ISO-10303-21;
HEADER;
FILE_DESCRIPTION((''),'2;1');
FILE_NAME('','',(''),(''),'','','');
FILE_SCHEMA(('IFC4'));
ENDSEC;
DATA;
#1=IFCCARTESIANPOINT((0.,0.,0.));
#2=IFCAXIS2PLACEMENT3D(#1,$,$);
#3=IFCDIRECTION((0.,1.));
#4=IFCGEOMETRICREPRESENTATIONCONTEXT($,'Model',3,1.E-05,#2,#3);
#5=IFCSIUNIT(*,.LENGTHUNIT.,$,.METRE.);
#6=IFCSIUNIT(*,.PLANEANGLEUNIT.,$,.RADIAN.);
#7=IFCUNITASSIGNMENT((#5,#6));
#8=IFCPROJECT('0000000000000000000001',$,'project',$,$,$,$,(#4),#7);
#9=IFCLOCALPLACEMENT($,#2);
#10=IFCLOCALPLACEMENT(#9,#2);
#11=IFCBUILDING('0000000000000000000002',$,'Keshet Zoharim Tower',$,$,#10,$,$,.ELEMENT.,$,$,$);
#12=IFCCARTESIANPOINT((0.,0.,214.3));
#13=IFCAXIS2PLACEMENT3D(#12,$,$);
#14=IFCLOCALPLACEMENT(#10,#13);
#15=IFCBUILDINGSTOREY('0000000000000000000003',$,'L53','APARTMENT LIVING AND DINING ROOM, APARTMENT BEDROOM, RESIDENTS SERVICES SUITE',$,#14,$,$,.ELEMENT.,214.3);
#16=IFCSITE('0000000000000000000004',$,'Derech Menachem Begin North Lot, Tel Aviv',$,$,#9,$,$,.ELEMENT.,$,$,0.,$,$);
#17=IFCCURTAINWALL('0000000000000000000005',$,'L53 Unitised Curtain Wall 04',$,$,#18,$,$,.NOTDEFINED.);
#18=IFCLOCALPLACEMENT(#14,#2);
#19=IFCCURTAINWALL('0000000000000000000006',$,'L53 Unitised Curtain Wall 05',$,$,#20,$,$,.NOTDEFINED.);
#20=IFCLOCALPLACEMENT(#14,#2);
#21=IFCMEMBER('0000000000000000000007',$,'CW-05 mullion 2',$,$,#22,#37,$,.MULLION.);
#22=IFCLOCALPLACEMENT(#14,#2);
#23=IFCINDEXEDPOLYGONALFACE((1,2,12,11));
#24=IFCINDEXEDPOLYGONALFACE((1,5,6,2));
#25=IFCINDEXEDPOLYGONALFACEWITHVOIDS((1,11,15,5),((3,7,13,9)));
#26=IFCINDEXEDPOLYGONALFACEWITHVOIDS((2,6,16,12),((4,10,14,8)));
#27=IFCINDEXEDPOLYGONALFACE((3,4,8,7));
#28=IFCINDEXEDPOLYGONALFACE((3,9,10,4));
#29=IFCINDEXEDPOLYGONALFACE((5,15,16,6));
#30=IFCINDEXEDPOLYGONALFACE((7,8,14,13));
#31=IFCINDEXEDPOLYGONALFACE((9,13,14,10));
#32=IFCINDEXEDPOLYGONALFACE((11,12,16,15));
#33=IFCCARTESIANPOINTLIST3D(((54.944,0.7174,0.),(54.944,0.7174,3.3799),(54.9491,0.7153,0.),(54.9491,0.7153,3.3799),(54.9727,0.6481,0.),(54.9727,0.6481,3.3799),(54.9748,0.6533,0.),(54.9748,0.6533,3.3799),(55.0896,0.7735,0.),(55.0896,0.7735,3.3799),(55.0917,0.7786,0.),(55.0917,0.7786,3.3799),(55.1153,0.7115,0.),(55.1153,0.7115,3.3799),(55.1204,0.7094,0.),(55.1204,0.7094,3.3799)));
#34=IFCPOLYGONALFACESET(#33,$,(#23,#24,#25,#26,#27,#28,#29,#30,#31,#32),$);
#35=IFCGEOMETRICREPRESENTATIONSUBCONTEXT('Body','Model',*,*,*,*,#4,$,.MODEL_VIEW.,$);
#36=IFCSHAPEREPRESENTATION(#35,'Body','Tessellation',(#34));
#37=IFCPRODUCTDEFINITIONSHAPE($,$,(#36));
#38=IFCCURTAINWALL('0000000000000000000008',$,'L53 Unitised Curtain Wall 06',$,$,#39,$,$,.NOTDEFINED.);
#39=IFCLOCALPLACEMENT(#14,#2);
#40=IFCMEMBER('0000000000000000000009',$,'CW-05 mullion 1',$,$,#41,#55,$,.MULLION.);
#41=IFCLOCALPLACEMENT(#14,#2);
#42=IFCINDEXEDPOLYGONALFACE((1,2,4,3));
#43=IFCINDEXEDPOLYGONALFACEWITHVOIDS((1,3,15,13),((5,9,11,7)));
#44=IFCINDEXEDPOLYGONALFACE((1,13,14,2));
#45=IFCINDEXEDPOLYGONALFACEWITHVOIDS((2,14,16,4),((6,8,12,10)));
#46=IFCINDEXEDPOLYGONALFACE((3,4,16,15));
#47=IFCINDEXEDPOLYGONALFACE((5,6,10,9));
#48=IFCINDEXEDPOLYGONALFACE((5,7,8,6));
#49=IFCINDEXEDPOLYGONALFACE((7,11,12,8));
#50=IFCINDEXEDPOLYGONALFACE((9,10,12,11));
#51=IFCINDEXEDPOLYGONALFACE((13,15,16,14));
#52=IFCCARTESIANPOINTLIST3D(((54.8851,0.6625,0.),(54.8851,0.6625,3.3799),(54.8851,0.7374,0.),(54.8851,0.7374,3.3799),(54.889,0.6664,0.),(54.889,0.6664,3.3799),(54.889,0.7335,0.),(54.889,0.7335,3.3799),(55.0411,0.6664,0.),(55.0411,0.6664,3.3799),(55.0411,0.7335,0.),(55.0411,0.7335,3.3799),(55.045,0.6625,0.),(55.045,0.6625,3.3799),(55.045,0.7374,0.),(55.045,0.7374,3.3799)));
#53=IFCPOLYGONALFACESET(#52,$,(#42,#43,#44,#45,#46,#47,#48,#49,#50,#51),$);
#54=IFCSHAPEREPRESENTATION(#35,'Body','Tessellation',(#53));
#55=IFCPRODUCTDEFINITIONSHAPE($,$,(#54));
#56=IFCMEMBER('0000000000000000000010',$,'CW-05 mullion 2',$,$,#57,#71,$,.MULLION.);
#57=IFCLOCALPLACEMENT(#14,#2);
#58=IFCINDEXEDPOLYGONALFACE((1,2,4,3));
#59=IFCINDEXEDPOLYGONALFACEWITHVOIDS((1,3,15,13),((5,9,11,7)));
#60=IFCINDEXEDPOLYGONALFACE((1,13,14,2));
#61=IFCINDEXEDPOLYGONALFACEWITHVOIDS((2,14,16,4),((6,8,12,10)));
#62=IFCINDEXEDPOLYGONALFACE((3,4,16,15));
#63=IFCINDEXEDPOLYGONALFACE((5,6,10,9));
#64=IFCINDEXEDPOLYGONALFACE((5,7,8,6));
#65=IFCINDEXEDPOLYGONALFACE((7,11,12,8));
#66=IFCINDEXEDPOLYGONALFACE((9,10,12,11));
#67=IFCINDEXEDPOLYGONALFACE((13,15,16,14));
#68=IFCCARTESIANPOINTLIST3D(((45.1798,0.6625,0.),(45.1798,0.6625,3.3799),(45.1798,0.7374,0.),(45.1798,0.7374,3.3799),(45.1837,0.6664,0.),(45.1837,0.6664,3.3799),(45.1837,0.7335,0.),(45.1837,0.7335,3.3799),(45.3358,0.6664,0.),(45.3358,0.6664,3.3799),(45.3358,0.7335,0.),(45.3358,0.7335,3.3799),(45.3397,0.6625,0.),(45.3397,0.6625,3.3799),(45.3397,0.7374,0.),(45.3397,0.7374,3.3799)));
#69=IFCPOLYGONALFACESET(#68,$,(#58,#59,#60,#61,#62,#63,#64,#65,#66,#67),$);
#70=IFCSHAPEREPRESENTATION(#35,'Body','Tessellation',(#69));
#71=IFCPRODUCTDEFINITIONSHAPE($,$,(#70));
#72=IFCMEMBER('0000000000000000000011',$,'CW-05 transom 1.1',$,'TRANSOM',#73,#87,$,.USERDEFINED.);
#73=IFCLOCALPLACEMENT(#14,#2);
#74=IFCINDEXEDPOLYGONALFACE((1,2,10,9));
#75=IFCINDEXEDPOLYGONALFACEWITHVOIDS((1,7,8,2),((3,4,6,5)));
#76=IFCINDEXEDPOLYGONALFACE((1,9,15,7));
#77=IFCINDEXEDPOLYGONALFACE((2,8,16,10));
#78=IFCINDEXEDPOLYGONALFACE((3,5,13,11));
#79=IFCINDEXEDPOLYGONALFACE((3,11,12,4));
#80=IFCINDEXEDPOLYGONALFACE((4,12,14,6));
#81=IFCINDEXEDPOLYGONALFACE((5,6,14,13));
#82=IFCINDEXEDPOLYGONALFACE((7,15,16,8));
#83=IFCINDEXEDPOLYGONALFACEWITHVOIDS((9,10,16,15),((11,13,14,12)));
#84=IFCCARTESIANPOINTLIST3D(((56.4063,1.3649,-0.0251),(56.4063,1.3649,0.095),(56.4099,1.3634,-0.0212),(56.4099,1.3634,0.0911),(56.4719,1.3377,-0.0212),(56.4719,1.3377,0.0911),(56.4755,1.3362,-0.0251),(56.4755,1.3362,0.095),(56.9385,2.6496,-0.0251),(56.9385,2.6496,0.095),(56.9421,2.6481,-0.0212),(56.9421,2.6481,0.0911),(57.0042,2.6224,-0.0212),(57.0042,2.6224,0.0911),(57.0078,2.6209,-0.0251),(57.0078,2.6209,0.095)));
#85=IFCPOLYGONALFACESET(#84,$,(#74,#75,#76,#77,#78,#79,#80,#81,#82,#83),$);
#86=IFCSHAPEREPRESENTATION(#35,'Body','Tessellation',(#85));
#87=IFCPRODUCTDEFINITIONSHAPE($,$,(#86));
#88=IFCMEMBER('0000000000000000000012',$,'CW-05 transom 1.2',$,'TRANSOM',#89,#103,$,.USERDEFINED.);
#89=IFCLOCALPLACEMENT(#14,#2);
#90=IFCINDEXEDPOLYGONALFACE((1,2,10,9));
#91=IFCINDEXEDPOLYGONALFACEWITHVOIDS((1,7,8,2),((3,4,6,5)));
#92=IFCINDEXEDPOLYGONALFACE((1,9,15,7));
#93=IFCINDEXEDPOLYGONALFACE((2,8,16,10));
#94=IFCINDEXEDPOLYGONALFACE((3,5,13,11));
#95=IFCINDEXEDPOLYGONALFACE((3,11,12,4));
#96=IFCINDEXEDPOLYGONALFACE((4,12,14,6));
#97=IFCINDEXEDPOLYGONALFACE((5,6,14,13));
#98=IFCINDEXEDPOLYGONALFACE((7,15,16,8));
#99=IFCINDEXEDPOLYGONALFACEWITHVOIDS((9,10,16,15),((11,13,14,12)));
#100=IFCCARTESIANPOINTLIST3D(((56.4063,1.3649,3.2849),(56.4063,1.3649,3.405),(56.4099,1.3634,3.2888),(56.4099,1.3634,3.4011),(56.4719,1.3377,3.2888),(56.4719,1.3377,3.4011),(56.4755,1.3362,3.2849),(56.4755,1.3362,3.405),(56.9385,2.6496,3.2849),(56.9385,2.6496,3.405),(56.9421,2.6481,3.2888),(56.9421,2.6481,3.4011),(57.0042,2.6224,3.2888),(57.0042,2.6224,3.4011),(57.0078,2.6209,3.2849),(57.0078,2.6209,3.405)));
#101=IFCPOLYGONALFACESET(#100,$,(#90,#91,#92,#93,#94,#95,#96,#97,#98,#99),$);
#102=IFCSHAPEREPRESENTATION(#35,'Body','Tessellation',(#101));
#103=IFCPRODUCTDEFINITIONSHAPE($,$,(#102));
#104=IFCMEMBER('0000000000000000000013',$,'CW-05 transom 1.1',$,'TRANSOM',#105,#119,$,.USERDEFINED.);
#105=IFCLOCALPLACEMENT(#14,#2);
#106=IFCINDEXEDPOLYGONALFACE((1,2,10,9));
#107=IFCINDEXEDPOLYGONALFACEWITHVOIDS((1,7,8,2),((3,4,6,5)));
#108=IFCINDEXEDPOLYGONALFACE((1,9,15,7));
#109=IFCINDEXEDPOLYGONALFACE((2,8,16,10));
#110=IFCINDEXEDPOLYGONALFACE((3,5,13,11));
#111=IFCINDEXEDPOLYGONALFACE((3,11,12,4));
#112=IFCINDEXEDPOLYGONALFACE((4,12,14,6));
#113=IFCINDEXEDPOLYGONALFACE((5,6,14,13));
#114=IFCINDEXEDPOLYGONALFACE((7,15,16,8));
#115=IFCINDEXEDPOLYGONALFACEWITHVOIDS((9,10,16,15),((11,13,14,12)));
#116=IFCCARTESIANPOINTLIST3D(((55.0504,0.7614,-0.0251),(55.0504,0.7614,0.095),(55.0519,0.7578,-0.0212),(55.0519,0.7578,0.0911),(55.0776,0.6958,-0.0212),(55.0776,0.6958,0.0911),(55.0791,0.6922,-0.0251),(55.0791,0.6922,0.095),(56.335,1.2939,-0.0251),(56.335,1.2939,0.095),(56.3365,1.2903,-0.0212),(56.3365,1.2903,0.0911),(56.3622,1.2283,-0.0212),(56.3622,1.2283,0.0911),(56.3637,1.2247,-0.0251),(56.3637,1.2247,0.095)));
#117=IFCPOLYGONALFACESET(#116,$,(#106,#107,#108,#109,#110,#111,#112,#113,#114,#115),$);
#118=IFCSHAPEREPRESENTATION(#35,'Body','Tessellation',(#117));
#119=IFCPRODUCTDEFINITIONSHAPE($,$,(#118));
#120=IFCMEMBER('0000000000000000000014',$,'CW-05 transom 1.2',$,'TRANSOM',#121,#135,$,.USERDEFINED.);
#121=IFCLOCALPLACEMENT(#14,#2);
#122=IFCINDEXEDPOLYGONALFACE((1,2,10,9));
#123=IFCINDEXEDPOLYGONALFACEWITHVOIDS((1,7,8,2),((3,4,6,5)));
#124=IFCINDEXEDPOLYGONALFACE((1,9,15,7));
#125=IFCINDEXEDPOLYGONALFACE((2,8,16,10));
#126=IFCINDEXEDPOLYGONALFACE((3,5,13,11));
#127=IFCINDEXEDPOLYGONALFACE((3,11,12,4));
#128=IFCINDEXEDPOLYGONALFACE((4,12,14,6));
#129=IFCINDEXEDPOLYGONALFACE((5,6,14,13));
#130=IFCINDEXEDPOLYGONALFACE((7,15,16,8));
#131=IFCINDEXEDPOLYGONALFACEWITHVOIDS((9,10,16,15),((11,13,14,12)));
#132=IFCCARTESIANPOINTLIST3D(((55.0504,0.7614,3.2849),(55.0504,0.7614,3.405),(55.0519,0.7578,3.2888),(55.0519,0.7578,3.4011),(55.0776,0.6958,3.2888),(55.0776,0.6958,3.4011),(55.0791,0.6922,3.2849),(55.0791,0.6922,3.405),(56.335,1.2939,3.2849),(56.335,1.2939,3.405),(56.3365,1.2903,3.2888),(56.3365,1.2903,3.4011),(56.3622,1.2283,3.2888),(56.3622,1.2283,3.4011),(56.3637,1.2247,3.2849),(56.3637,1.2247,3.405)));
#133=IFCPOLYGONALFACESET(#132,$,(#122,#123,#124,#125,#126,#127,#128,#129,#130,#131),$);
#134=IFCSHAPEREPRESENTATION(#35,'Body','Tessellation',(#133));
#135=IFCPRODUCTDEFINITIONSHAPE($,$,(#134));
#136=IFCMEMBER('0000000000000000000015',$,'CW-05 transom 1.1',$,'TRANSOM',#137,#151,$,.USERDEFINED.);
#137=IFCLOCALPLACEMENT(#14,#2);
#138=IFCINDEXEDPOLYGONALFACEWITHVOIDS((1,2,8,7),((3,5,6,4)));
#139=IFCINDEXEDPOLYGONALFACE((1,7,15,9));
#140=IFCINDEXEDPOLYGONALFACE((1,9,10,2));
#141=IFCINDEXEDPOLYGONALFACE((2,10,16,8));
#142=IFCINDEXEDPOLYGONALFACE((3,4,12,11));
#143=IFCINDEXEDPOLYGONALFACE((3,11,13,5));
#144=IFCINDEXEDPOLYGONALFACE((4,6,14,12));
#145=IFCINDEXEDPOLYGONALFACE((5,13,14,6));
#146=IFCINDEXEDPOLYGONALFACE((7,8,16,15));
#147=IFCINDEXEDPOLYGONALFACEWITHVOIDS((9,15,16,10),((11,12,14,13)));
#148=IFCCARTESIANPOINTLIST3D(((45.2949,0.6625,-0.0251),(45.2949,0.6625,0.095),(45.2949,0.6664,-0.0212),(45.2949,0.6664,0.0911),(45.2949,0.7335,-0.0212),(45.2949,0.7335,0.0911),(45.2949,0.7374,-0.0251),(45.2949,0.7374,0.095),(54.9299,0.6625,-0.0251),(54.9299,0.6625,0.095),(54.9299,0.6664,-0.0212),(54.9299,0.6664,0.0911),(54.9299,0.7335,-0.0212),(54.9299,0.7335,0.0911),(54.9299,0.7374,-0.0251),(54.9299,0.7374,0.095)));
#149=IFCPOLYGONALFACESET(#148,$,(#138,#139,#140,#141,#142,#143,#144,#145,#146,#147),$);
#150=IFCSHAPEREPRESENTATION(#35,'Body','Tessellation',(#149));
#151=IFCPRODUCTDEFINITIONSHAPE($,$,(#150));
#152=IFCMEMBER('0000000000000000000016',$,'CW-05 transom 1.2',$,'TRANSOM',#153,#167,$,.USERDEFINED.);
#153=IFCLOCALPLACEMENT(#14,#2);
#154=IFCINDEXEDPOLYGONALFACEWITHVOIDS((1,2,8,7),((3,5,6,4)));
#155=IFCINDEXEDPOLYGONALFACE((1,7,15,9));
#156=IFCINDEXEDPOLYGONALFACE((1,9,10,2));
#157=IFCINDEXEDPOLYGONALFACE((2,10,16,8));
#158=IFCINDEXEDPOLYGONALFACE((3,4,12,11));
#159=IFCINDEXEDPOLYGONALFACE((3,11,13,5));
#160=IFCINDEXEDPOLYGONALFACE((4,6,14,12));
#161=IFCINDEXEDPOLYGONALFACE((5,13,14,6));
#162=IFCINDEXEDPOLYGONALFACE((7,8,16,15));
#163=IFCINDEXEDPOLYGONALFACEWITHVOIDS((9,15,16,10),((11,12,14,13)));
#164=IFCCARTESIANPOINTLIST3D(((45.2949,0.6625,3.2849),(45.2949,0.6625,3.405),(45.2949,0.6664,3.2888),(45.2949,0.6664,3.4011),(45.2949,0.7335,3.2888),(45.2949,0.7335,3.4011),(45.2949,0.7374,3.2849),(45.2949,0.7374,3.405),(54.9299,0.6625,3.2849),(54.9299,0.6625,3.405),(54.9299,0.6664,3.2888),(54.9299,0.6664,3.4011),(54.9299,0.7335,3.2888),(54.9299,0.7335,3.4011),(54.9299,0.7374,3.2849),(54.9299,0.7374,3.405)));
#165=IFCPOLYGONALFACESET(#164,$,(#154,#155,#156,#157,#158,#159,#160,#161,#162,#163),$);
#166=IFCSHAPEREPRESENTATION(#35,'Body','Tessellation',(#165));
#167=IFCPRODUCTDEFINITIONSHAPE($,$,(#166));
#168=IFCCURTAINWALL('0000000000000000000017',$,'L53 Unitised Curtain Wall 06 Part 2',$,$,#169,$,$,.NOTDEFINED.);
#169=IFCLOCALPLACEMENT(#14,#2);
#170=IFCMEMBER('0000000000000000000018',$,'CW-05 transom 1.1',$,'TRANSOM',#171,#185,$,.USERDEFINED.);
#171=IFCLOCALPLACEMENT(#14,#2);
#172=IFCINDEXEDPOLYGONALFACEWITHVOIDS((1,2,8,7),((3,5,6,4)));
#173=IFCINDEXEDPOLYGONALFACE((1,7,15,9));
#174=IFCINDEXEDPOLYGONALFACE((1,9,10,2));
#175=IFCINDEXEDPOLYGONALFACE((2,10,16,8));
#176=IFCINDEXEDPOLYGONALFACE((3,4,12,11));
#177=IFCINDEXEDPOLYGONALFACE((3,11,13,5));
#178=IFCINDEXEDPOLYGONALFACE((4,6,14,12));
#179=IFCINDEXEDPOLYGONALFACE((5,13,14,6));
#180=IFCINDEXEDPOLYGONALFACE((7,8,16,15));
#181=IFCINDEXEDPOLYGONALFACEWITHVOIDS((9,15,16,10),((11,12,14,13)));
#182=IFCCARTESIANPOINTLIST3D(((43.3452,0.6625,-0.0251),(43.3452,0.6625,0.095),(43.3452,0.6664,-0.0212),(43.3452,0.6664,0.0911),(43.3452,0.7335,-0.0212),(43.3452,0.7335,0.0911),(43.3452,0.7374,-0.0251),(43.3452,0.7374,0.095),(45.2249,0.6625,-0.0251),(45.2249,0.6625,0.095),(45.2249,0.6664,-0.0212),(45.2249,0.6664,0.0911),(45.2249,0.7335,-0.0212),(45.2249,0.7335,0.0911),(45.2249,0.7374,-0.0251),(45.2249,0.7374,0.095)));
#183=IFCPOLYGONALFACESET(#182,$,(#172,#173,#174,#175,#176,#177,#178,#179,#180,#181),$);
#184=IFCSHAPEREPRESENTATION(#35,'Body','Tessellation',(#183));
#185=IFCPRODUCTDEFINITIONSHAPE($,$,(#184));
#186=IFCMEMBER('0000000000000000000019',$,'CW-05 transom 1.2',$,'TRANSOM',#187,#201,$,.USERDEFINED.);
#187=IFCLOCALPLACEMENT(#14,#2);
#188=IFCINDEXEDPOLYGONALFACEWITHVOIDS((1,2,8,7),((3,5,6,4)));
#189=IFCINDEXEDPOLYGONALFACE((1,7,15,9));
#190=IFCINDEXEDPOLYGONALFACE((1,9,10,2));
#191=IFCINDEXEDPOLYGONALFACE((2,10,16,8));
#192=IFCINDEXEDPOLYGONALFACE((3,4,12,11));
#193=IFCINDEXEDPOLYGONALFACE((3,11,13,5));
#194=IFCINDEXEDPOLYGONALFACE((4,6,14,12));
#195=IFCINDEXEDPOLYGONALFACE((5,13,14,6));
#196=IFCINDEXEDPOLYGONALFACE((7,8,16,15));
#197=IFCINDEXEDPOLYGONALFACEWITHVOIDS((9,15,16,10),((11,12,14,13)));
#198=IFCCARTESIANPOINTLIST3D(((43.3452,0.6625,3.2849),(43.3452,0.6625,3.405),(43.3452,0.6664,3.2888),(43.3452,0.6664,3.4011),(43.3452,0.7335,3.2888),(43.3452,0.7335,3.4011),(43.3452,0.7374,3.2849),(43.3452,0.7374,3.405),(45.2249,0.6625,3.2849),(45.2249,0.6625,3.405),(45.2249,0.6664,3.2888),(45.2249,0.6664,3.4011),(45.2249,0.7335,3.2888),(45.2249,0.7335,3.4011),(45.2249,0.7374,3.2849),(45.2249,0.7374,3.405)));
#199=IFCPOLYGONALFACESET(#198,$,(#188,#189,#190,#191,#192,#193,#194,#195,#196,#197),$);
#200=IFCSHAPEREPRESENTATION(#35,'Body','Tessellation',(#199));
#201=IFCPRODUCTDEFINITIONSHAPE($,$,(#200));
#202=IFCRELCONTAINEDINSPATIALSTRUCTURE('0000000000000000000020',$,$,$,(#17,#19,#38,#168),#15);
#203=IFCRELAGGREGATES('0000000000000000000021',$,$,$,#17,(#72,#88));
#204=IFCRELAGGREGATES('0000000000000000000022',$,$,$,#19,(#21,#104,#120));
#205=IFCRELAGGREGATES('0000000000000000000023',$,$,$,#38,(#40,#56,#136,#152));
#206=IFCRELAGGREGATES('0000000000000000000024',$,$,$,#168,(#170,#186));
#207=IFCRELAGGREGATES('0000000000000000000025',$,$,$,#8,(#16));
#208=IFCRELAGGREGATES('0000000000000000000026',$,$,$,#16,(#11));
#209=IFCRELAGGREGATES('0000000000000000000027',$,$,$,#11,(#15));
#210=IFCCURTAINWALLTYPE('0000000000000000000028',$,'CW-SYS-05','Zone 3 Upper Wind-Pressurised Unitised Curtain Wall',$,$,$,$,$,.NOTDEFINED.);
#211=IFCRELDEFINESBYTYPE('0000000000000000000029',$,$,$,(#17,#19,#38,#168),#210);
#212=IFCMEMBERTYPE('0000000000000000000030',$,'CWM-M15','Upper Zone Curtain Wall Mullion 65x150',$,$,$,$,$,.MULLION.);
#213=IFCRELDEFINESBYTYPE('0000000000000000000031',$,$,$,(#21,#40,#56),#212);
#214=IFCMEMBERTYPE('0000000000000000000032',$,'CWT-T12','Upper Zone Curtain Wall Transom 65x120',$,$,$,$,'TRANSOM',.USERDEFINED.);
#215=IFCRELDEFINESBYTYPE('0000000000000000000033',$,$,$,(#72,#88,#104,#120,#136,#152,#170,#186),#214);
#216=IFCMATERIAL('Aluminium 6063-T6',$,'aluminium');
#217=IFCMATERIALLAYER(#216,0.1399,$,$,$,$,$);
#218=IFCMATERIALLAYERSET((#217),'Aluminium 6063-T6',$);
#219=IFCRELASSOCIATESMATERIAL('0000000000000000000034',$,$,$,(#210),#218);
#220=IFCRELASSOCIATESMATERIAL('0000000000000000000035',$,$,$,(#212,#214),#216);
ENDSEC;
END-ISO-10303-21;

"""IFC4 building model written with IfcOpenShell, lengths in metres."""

from ifc_helpers import new_model, si_unit, direction, frame, origin, origin_2d, place, context, subcontext, project, spatial, hollow_rectangle, extrude, material, layer, layer_set, material_profile, profile_set, type_object, element, aggregate, save


model = new_model("IFC4")

# Units and contexts
model_context = context("Model", 3, precision=1e-05, world=origin(), true_north=direction((0.0, 1.0)))
body_context = subcontext(model_context, "Body", "Model", "MODEL_VIEW")
ifc_project = project(units=[si_unit("LENGTHUNIT", "METRE"), si_unit("PLANEANGLEUNIT", "RADIAN")], contexts=[model_context])

# Site, building, storey
site_placement = place(None, origin())
site = spatial("IfcSite", under=ifc_project, at=site_placement, Name="Derech Menachem Begin North Lot, Tel Aviv", CompositionType="ELEMENT", RefElevation=0.0)
building_placement = place(site_placement, origin())
building = spatial("IfcBuilding", under=site, at=building_placement, Name="Keshet Zoharim Tower", CompositionType="ELEMENT")
storey_placement = place(building_placement, frame((0.0, 0.0, 214.3)))
storey = spatial("IfcBuildingStorey", under=building, at=storey_placement, Name="L53", Description="APARTMENT LIVING AND DINING ROOM, APARTMENT BEDROOM, RESIDENTS SERVICES SUITE", CompositionType="ELEMENT", Elevation=214.3)

# Curtain walls, members
ifc_material_1 = material(Name="Aluminium 6063-T6", Category="aluminium")
ifc_layer_1 = layer(ifc_material_1, 0.1399)
ifc_layer_set_1 = layer_set([ifc_layer_1], Name="Aluminium 6063-T6")
curtain_wall_type = type_object("IfcCurtainWallType", Name="CW-SYS-05", Description="Zone 3 Upper Wind-Pressurised Unitised Curtain Wall", PredefinedType="NOTDEFINED", material=ifc_layer_set_1)
curtain_wall_1_placement = place(storey_placement, origin())
curtain_wall_1 = element("IfcCurtainWall", 1, at=curtain_wall_1_placement, inside=storey, type_object=curtain_wall_type, Name="L53 Unitised Curtain Wall 04", PredefinedType="NOTDEFINED")
ifc_material_profile_1 = material_profile(ifc_material_1, hollow_rectangle(XDim=0.075, YDim=0.1599, WallThickness=0.0039, at=origin_2d()), Name="MUL-75x160")
ifc_profile_set_1 = profile_set([ifc_material_profile_1], Name="Aluminium 6063-T6")
member_type_1 = type_object("IfcMemberType", Name="CWM-M15", Description="Upper Zone Curtain Wall Mullion 65x150", PredefinedType="MULLION", material=ifc_profile_set_1)
curtain_wall_2_placement = place(storey_placement, origin())
curtain_wall_2 = element("IfcCurtainWall", 2, at=curtain_wall_2_placement, inside=storey, type_object=curtain_wall_type, Name="L53 Unitised Curtain Wall 05", PredefinedType="NOTDEFINED")
member_1_placement = place(storey_placement, frame((55.0322, 0.7134, 0.0), z_axis=(0.0, 0.0, 1.0), x_axis=(0.382852, -0.92381, 0.0)))
member_1 = element("IfcMember", 3, at=member_1_placement, type_object=member_type_1, Name="CW-05 mullion 2", PredefinedType="MULLION", context=body_context, shape_type="SweptSolid", body=[
    extrude(hollow_rectangle(XDim=0.075, YDim=0.1599, WallThickness=0.0039, at=origin_2d()), origin(), (0.0, 0.0, 1.0), 3.3799),
])
curtain_wall_3_placement = place(storey_placement, origin())
curtain_wall_3 = element("IfcCurtainWall", 4, at=curtain_wall_3_placement, inside=storey, type_object=curtain_wall_type, Name="L53 Unitised Curtain Wall 06", PredefinedType="NOTDEFINED")
member_2_placement = place(storey_placement, frame((54.9651, 0.7, 0.0), z_axis=(0.0, 0.0, 1.0), x_axis=(0.0, -1.0, 0.0)))
member_2 = element("IfcMember", 5, at=member_2_placement, type_object=member_type_1, Name="CW-05 mullion 1", PredefinedType="MULLION", context=body_context, shape_type="SweptSolid", body=[
    extrude(hollow_rectangle(XDim=0.075, YDim=0.1599, WallThickness=0.0039, at=origin_2d()), origin(), (0.0, 0.0, 1.0), 3.3799),
])
member_3_placement = place(storey_placement, frame((45.2598, 0.7, 0.0), z_axis=(0.0, 0.0, 1.0), x_axis=(0.0, -1.0, 0.0)))
member_3 = element("IfcMember", 6, at=member_3_placement, type_object=member_type_1, Name="CW-05 mullion 2", PredefinedType="MULLION", context=body_context, shape_type="SweptSolid", body=[
    extrude(hollow_rectangle(XDim=0.075, YDim=0.1599, WallThickness=0.0039, at=origin_2d()), origin(), (0.0, 0.0, 1.0), 3.3799),
])

# Members
ifc_material_profile_2 = material_profile(ifc_material_1, hollow_rectangle(XDim=0.075, YDim=0.1201, WallThickness=0.0039, at=origin_2d()), Name="TRN-75x120")
ifc_profile_set_2 = profile_set([ifc_material_profile_2], Name="Aluminium 6063-T6")
member_type_2 = type_object("IfcMemberType", Name="CWT-T12", Description="Upper Zone Curtain Wall Transom 65x120", ElementType="TRANSOM", PredefinedType="USERDEFINED", material=ifc_profile_set_2)
member_4_placement = place(storey_placement, frame((56.9731, 2.6353, 0.0349), z_axis=(-0.382745, -0.923854, 0.0), x_axis=(0.923854, -0.382745, 0.0)))
member_4 = element("IfcMember", 7, at=member_4_placement, type_object=member_type_2, Name="CW-05 transom 1.1", ObjectType="TRANSOM", PredefinedType="USERDEFINED", context=body_context, shape_type="SweptSolid", body=[
    extrude(hollow_rectangle(XDim=0.075, YDim=0.1201, WallThickness=0.0039, at=origin_2d()), origin(), (0.0, 0.0, 1.0), 1.3906),
])
member_5_placement = place(storey_placement, frame((56.9731, 2.6353, 3.345), z_axis=(-0.382745, -0.923854, 0.0), x_axis=(0.923854, -0.382745, 0.0)))
member_5 = element("IfcMember", 8, at=member_5_placement, type_object=member_type_2, Name="CW-05 transom 1.2", ObjectType="TRANSOM", PredefinedType="USERDEFINED", context=body_context, shape_type="SweptSolid", body=[
    extrude(hollow_rectangle(XDim=0.075, YDim=0.1201, WallThickness=0.0039, at=origin_2d()), origin(), (0.0, 0.0, 1.0), 1.3906),
])
member_6_placement = place(storey_placement, frame((56.3494, 1.2593, 0.0349), z_axis=(-0.923792, -0.382894, 0.0), x_axis=(0.382894, -0.923792, 0.0)))
member_6 = element("IfcMember", 9, at=member_6_placement, type_object=member_type_2, Name="CW-05 transom 1.1", ObjectType="TRANSOM", PredefinedType="USERDEFINED", context=body_context, shape_type="SweptSolid", body=[
    extrude(hollow_rectangle(XDim=0.075, YDim=0.1201, WallThickness=0.0039, at=origin_2d()), origin(), (0.0, 0.0, 1.0), 1.3906),
])
member_7_placement = place(storey_placement, frame((56.3494, 1.2593, 3.345), z_axis=(-0.923792, -0.382894, 0.0), x_axis=(0.382894, -0.923792, 0.0)))
member_7 = element("IfcMember", 10, at=member_7_placement, type_object=member_type_2, Name="CW-05 transom 1.2", ObjectType="TRANSOM", PredefinedType="USERDEFINED", context=body_context, shape_type="SweptSolid", body=[
    extrude(hollow_rectangle(XDim=0.075, YDim=0.1201, WallThickness=0.0039, at=origin_2d()), origin(), (0.0, 0.0, 1.0), 1.3906),
])
member_8_placement = place(storey_placement, frame((54.9299, 0.7, 0.0349), z_axis=(-1.0, 0.0, 0.0), x_axis=(0.0, -1.0, 0.0)))
member_8 = element("IfcMember", 11, at=member_8_placement, type_object=member_type_2, Name="CW-05 transom 1.1", ObjectType="TRANSOM", PredefinedType="USERDEFINED", context=body_context, shape_type="SweptSolid", body=[
    extrude(hollow_rectangle(XDim=0.075, YDim=0.1201, WallThickness=0.0039, at=origin_2d()), origin(), (0.0, 0.0, 1.0), 9.635),
])
member_9_placement = place(storey_placement, frame((54.9299, 0.7, 3.345), z_axis=(-1.0, 0.0, 0.0), x_axis=(0.0, -1.0, 0.0)))
member_9 = element("IfcMember", 12, at=member_9_placement, type_object=member_type_2, Name="CW-05 transom 1.2", ObjectType="TRANSOM", PredefinedType="USERDEFINED", context=body_context, shape_type="SweptSolid", body=[
    extrude(hollow_rectangle(XDim=0.075, YDim=0.1201, WallThickness=0.0039, at=origin_2d()), origin(), (0.0, 0.0, 1.0), 9.635),
])

# Curtain wall, members
curtain_wall_4_placement = place(storey_placement, origin())
curtain_wall_4 = element("IfcCurtainWall", 13, at=curtain_wall_4_placement, inside=storey, type_object=curtain_wall_type, Name="L53 Unitised Curtain Wall 06 Part 2", PredefinedType="NOTDEFINED")
member_10_placement = place(storey_placement, frame((45.2249, 0.7, 0.0349), z_axis=(-1.0, 0.0, 0.0), x_axis=(0.0, -1.0, 0.0)))
member_10 = element("IfcMember", 14, at=member_10_placement, type_object=member_type_2, Name="CW-05 transom 1.1", ObjectType="TRANSOM", PredefinedType="USERDEFINED", context=body_context, shape_type="SweptSolid", body=[
    extrude(hollow_rectangle(XDim=0.075, YDim=0.1201, WallThickness=0.0039, at=origin_2d()), origin(), (0.0, 0.0, 1.0), 1.8796),
])
member_11_placement = place(storey_placement, frame((45.2249, 0.7, 3.345), z_axis=(-1.0, 0.0, 0.0), x_axis=(0.0, -1.0, 0.0)))
member_11 = element("IfcMember", 15, at=member_11_placement, type_object=member_type_2, Name="CW-05 transom 1.2", ObjectType="TRANSOM", PredefinedType="USERDEFINED", context=body_context, shape_type="SweptSolid", body=[
    extrude(hollow_rectangle(XDim=0.075, YDim=0.1201, WallThickness=0.0039, at=origin_2d()), origin(), (0.0, 0.0, 1.0), 1.8796),
])

aggregate(curtain_wall_1, [member_4, member_5])
aggregate(curtain_wall_2, [member_1, member_6, member_7])
aggregate(curtain_wall_3, [member_2, member_3, member_8, member_9])
aggregate(curtain_wall_4, [member_10, member_11])

save(model, "model.ifc")
